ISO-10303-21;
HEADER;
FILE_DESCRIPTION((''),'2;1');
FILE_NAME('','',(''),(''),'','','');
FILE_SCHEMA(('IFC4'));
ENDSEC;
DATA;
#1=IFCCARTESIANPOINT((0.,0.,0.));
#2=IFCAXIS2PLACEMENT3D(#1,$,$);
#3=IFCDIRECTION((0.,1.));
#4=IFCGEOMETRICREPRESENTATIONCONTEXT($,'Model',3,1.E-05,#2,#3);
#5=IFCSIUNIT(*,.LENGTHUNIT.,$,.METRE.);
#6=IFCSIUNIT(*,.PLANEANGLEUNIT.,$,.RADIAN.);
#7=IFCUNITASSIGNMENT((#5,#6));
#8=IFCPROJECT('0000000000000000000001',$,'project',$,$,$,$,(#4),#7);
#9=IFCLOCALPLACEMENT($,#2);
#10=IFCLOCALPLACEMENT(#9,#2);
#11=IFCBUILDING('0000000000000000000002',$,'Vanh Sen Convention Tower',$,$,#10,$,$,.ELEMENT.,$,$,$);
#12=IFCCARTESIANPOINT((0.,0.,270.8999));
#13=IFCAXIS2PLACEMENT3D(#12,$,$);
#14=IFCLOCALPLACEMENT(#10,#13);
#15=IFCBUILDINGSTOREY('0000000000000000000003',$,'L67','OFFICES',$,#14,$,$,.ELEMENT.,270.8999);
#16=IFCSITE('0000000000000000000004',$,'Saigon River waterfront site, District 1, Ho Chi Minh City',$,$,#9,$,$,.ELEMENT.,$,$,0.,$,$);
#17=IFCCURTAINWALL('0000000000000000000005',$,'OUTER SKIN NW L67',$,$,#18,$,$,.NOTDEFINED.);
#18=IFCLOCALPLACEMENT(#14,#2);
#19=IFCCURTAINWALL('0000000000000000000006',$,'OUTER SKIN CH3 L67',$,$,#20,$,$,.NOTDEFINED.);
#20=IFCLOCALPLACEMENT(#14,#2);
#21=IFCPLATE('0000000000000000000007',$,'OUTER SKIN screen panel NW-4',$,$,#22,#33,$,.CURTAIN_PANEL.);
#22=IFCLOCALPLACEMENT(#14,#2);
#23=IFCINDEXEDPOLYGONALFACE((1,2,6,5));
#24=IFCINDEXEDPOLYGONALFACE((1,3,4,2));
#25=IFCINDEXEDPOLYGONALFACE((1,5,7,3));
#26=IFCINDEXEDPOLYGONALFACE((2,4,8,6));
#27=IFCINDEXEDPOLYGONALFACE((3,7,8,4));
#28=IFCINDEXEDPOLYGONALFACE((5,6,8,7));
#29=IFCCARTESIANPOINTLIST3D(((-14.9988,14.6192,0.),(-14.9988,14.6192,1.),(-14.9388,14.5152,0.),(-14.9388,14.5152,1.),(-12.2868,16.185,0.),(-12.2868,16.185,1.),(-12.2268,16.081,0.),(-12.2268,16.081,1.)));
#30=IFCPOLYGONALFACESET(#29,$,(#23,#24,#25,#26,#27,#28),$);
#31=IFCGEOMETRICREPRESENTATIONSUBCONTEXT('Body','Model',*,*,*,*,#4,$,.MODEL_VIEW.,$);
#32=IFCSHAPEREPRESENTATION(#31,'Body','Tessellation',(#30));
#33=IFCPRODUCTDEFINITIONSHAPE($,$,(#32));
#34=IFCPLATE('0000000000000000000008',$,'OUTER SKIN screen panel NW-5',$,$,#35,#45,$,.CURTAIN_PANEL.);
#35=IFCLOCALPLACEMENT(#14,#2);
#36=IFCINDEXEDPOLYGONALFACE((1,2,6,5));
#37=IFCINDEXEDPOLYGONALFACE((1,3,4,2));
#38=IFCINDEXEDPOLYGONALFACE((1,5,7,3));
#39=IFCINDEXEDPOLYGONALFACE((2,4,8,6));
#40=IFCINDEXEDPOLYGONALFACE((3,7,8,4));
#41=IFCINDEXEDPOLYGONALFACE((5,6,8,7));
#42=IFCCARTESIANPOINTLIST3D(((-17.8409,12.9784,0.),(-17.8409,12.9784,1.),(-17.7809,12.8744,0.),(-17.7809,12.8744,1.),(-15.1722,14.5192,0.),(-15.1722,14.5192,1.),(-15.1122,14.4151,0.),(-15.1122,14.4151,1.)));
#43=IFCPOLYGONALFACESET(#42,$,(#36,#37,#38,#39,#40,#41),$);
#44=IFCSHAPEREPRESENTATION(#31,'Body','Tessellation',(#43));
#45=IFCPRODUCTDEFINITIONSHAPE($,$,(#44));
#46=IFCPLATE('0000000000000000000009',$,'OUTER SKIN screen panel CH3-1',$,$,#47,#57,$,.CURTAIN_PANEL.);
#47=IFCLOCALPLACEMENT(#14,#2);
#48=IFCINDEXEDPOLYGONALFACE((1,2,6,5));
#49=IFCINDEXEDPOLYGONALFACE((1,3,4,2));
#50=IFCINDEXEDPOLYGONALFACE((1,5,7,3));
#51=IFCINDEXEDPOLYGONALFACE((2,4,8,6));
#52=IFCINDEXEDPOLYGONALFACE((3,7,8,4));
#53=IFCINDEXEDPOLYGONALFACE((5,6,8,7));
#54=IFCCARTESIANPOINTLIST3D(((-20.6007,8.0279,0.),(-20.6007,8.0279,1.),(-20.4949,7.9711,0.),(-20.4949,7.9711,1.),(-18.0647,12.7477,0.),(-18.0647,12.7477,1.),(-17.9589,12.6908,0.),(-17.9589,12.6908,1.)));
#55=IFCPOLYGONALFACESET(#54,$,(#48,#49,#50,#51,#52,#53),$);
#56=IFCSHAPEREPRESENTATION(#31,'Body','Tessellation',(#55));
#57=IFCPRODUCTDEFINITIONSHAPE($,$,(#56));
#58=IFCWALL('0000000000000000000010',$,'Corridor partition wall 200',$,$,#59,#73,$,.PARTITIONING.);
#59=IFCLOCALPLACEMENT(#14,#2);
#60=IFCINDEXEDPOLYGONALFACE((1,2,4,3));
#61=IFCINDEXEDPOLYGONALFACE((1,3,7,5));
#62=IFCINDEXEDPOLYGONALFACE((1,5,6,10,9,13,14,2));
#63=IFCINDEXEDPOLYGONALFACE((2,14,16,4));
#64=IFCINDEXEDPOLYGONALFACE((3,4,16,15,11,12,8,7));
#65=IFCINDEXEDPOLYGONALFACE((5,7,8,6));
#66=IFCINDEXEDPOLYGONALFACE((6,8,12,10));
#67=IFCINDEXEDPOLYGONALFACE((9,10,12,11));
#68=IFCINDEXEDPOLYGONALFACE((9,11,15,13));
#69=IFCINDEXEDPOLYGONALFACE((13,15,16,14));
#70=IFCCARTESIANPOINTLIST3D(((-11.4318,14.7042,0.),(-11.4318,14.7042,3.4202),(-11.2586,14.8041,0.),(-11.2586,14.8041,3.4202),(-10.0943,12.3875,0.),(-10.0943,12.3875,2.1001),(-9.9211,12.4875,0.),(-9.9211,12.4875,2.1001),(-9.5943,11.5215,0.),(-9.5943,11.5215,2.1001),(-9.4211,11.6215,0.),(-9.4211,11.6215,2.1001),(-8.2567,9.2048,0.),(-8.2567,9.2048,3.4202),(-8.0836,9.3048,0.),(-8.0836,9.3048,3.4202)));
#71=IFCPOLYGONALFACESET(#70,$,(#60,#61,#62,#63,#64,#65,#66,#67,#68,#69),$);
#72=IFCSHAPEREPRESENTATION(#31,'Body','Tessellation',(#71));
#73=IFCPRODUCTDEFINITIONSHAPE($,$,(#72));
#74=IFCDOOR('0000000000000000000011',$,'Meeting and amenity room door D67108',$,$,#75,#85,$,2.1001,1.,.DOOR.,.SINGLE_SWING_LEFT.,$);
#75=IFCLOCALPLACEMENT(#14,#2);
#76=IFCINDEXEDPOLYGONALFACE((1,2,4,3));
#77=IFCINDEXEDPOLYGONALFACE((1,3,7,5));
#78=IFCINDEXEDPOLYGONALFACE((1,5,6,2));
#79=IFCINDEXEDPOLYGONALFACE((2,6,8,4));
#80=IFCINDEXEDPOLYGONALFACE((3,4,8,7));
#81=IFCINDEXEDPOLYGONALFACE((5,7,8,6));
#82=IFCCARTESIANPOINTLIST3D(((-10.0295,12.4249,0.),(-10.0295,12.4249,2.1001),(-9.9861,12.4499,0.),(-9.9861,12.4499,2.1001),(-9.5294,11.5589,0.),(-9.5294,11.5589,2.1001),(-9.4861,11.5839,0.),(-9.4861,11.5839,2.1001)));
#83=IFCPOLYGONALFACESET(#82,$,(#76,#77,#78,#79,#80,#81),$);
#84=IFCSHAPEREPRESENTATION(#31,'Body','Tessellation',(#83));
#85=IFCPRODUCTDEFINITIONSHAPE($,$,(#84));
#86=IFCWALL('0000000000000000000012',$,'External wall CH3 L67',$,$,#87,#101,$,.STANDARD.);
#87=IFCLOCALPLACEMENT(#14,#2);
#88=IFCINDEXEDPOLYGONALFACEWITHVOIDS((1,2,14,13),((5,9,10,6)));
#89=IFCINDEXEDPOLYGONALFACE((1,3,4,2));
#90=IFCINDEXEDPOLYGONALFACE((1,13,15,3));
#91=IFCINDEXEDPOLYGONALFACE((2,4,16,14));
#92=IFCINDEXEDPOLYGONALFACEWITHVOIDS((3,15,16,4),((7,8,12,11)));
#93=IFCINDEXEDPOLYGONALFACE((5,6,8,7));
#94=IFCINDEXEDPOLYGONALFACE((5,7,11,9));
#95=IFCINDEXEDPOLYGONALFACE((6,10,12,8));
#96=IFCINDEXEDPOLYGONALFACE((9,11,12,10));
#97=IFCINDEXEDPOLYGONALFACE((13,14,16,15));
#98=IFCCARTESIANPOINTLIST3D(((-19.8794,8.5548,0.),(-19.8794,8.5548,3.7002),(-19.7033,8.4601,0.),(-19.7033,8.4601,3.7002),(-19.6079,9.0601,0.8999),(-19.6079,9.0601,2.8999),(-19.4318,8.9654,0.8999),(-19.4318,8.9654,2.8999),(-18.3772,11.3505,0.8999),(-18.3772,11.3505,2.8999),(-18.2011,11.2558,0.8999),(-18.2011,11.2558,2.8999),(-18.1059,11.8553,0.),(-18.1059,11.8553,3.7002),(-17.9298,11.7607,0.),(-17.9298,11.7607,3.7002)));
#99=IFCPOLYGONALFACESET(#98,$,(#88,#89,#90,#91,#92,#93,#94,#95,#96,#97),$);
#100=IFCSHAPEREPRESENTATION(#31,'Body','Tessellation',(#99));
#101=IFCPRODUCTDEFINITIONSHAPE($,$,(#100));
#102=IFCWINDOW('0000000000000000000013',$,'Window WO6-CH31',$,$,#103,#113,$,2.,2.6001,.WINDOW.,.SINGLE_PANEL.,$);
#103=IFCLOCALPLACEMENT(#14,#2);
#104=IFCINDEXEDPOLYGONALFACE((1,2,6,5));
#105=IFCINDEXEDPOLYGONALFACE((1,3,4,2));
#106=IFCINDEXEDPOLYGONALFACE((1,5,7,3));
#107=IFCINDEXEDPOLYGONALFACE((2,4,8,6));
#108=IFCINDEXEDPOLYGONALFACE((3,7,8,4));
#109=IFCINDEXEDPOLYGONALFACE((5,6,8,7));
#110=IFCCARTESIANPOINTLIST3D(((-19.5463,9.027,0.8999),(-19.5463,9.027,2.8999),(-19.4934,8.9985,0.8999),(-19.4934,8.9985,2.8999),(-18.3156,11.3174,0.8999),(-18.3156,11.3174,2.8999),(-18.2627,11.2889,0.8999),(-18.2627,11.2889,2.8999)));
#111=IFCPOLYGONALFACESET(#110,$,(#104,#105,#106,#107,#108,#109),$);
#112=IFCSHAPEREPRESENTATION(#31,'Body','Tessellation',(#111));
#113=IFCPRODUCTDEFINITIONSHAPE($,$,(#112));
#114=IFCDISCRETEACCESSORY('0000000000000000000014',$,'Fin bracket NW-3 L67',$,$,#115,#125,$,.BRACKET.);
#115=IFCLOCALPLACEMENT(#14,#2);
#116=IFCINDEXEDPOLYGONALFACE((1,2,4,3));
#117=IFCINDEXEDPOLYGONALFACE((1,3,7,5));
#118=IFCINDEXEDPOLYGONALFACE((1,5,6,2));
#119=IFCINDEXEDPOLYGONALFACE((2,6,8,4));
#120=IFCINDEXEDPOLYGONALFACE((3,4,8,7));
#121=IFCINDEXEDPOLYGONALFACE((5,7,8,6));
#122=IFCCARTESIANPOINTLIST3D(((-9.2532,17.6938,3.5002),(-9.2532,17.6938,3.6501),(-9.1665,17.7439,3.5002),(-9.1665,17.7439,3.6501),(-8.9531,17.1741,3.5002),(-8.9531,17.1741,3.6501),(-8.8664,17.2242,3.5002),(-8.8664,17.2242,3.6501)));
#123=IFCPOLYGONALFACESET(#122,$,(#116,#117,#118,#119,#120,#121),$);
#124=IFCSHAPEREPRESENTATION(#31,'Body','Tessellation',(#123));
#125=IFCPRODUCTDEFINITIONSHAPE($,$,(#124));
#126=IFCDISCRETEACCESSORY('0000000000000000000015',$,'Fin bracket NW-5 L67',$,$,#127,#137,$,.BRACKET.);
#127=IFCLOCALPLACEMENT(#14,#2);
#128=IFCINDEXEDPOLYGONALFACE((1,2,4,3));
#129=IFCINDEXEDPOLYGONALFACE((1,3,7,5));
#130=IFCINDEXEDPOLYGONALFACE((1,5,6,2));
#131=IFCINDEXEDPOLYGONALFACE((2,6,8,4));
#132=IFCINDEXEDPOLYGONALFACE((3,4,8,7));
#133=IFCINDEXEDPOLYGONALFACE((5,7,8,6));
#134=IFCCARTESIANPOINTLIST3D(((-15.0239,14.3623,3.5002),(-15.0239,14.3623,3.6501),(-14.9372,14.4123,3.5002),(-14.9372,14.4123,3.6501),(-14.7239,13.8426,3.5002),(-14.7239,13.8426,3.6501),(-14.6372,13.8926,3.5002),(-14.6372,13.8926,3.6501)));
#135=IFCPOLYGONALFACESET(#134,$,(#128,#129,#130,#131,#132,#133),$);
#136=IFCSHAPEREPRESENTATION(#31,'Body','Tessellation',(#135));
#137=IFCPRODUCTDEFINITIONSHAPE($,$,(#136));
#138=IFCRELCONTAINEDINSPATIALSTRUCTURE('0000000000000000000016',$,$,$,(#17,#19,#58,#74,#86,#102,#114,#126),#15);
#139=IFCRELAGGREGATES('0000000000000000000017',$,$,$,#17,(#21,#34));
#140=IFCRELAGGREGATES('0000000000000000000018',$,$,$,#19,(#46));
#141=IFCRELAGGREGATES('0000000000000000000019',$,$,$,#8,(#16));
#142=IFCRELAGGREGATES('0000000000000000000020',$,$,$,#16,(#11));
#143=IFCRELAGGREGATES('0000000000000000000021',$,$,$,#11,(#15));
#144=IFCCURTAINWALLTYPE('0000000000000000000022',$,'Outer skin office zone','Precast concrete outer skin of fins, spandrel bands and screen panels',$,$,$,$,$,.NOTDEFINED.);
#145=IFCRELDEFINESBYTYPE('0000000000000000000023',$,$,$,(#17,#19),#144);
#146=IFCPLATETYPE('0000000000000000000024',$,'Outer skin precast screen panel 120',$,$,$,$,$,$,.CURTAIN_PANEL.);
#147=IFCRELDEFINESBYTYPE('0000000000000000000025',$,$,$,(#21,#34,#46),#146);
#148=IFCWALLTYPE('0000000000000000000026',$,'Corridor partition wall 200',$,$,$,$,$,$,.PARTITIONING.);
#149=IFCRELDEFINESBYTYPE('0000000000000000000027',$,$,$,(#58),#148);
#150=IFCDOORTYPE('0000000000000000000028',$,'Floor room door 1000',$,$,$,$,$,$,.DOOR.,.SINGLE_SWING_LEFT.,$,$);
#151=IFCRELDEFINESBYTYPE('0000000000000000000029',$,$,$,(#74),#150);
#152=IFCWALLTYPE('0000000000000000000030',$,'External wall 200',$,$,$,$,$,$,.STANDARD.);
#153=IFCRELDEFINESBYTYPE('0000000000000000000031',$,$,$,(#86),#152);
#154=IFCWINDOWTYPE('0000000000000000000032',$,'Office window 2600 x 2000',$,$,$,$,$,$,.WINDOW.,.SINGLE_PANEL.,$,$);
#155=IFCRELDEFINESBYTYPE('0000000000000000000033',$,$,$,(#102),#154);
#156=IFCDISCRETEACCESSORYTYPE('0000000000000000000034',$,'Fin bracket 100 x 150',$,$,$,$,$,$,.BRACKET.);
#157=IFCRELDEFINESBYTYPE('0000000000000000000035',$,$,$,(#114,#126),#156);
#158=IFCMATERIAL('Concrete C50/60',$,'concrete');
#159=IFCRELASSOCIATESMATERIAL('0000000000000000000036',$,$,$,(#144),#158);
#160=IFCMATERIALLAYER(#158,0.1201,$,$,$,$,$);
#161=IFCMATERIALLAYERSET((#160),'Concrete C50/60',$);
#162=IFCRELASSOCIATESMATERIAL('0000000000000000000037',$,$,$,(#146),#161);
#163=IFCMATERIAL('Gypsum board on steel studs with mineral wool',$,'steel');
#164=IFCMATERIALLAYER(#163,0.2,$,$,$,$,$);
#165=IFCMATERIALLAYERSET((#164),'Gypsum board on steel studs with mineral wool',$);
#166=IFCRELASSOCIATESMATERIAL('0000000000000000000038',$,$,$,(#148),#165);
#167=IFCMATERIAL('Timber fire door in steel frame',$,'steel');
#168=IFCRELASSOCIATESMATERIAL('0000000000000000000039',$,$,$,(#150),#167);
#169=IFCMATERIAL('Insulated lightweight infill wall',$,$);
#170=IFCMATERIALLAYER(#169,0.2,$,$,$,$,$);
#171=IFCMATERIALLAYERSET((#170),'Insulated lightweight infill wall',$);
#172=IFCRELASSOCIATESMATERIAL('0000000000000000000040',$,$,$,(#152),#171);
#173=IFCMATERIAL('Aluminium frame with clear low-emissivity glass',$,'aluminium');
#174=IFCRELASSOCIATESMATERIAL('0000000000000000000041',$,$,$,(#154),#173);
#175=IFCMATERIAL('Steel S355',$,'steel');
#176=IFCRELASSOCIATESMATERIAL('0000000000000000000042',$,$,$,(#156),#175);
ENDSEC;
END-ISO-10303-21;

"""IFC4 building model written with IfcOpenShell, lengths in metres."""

from ifc_helpers import new_model, si_unit, direction, frame, frame_2d, origin, origin_2d, place, context, subcontext, project, spatial, rectangle, extrude, material, layer, layer_set, type_object, element, fill, aggregate, save


model = new_model("IFC4")

# Units and contexts
model_context = context("Model", 3, precision=1e-05, world=origin(), true_north=direction((0.0, 1.0)))
body_context = subcontext(model_context, "Body", "Model", "MODEL_VIEW")
ifc_project = project(units=[si_unit("LENGTHUNIT", "METRE"), si_unit("PLANEANGLEUNIT", "RADIAN")], contexts=[model_context])

# Site, building, storey
site_placement = place(None, origin())
site = spatial("IfcSite", under=ifc_project, at=site_placement, Name="Saigon River waterfront site, District 1, Ho Chi Minh City", CompositionType="ELEMENT", RefElevation=0.0)
building_placement = place(site_placement, origin())
building = spatial("IfcBuilding", under=site, at=building_placement, Name="Vanh Sen Convention Tower", CompositionType="ELEMENT")
storey_placement = place(building_placement, frame((0.0, 0.0, 270.8999)))
storey = spatial("IfcBuildingStorey", under=building, at=storey_placement, Name="L67", Description="OFFICES", CompositionType="ELEMENT", Elevation=270.8999)

# Curtain wall
ifc_material_1 = material(Name="Concrete C50/60", Category="concrete")
curtain_wall_type = type_object("IfcCurtainWallType", Name="Outer skin office zone", Description="Precast concrete outer skin of fins, spandrel bands and screen panels", PredefinedType="NOTDEFINED", material=ifc_material_1)
curtain_wall_1_placement = place(storey_placement, origin())
curtain_wall_1 = element("IfcCurtainWall", 1, at=curtain_wall_1_placement, inside=storey, type_object=curtain_wall_type, Name="OUTER SKIN NW L67", PredefinedType="NOTDEFINED")

# Curtain wall
curtain_wall_2_placement = place(storey_placement, origin())
curtain_wall_2 = element("IfcCurtainWall", 2, at=curtain_wall_2_placement, inside=storey, type_object=curtain_wall_type, Name="OUTER SKIN CH3 L67", PredefinedType="NOTDEFINED")

# Plates
ifc_layer_1 = layer(ifc_material_1, 0.1201)
ifc_layer_set_1 = layer_set([ifc_layer_1], Name="Concrete C50/60")
plate_type = type_object("IfcPlateType", Name="Outer skin precast screen panel 120", PredefinedType="CURTAIN_PANEL", material=ifc_layer_set_1)
plate_1_placement = place(storey_placement, frame((-13.6128, 15.3501, 0.0), z_axis=(0.0, 0.0, 1.0), x_axis=(-0.866016, -0.500017, 0.0)))
plate_1 = element("IfcPlate", 3, at=plate_1_placement, type_object=plate_type, Name="OUTER SKIN screen panel NW-4", PredefinedType="CURTAIN_PANEL", context=body_context, shape_type="SweptSolid", body=[
    extrude(rectangle(XDim=3.1316, YDim=0.1201, at=origin_2d()), origin(), (0.0, 0.0, 1.0), 1.0),
])
plate_2_placement = place(storey_placement, frame((-16.4766, 13.6968, 0.0), z_axis=(0.0, 0.0, 1.0), x_axis=(-0.866029, -0.499994, 0.0)))
plate_2 = element("IfcPlate", 4, at=plate_2_placement, type_object=plate_type, Name="OUTER SKIN screen panel NW-5", PredefinedType="CURTAIN_PANEL", context=body_context, shape_type="SweptSolid", body=[
    extrude(rectangle(XDim=3.0815, YDim=0.1201, at=origin_2d()), origin(), (0.0, 0.0, 1.0), 1.0),
])
aggregate(curtain_wall_1, [plate_1, plate_2])
plate_3_placement = place(storey_placement, frame((-19.2798, 10.3594, 0.0), z_axis=(0.0, 0.0, 1.0), x_axis=(-0.473324, -0.880888, 0.0)))
plate_3 = element("IfcPlate", 5, at=plate_3_placement, type_object=plate_type, Name="OUTER SKIN screen panel CH3-1", PredefinedType="CURTAIN_PANEL", context=body_context, shape_type="SweptSolid", body=[
    extrude(rectangle(XDim=5.3579, YDim=0.1201, at=origin_2d()), origin(), (0.0, 0.0, 1.0), 1.0),
])
aggregate(curtain_wall_2, [plate_3])

# Wall, opening, door
ifc_material_2 = material(Name="Gypsum board on steel studs with mineral wool", Category="steel")
ifc_layer_2 = layer(ifc_material_2, 0.2)
ifc_layer_set_2 = layer_set([ifc_layer_2], Name="Gypsum board on steel studs with mineral wool")
wall_type_1 = type_object("IfcWallType", Name="Corridor partition wall 200", PredefinedType="PARTITIONING", material=ifc_layer_set_2)
wall_1_placement = place(storey_placement, frame((-11.3452, 14.7542, 0.0), z_axis=(0.0, 0.0, 1.0), x_axis=(0.500005, -0.866022, 0.0)))
wall_1 = element("IfcWall", 6, at=wall_1_placement, inside=storey, type_object=wall_type_1, Name="Corridor partition wall 200", PredefinedType="PARTITIONING", context=body_context, shape_type="SweptSolid", body=[
    extrude(rectangle(XDim=6.3501, YDim=0.2, at=frame_2d((3.175, 0.0))), origin(), (0.0, 0.0, 1.0), 3.4202),
])
opening_1_placement = place(wall_1_placement, frame((2.675, 0.0, 0.0)))
opening_1 = element("IfcOpeningElement", 7, at=opening_1_placement, cuts=wall_1, PredefinedType="OPENING", context=body_context, shape_type="SweptSolid", body=[
    extrude(rectangle(XDim=1.0, YDim=2.1001, at=frame_2d((0.5, 1.05))), frame((0.0, 0.1099, 0.0), z_axis=(0.0, -1.0, 0.0), x_axis=(1.0, 0.0, 0.0)), (0.0, 0.0, 1.0), 0.22),
])
ifc_material_3 = material(Name="Timber fire door in steel frame", Category="steel")
door_type = type_object("IfcDoorType", Name="Floor room door 1000", OperationType="SINGLE_SWING_LEFT", PredefinedType="DOOR", material=ifc_material_3)
door_placement = place(opening_1_placement, origin())
door = element("IfcDoor", 8, at=door_placement, inside=storey, type_object=door_type, Name="Meeting and amenity room door D67108", OperationType="SINGLE_SWING_LEFT", OverallHeight=2.1001, OverallWidth=1.0, PredefinedType="DOOR", context=body_context, shape_type="SweptSolid", body=[
    extrude(rectangle(XDim=1.0, YDim=2.1001, at=frame_2d((0.5, 1.05))), frame((0.0, 0.0249, 0.0), z_axis=(0.0, -1.0, 0.0), x_axis=(1.0, 0.0, 0.0)), (0.0, 0.0, 1.0), 0.05),
])
fill(opening_1, door)

# Wall, opening, window
ifc_material_4 = material(Name="Insulated lightweight infill wall")
ifc_layer_3 = layer(ifc_material_4, 0.2)
ifc_layer_set_3 = layer_set([ifc_layer_3], Name="Insulated lightweight infill wall")
wall_type_2 = type_object("IfcWallType", Name="External wall 200", PredefinedType="STANDARD", material=ifc_layer_set_3)
wall_2_placement = place(storey_placement, frame((-18.0178, 11.8081, 0.0), z_axis=(0.0, 0.0, 1.0), x_axis=(-0.473319, -0.880891, 0.0)))
wall_2 = element("IfcWall", 9, at=wall_2_placement, inside=storey, type_object=wall_type_2, Name="External wall CH3 L67", PredefinedType="STANDARD", context=body_context, shape_type="SweptSolid", body=[
    extrude(rectangle(XDim=3.7468, YDim=0.2, at=frame_2d((1.8735, 0.0))), origin(), (0.0, 0.0, 1.0), 3.7002),
])
opening_2_placement = place(wall_2_placement, frame((0.5732, 0.0, 0.8999)))
opening_2 = element("IfcOpeningElement", 10, at=opening_2_placement, cuts=wall_2, PredefinedType="OPENING", context=body_context, shape_type="SweptSolid", body=[
    extrude(rectangle(XDim=2.6001, YDim=2.0, at=frame_2d((1.3, 1.0))), frame((0.0, 0.1099, 0.0), z_axis=(0.0, -1.0, 0.0), x_axis=(1.0, 0.0, 0.0)), (0.0, 0.0, 1.0), 0.22),
])
ifc_material_5 = material(Name="Aluminium frame with clear low-emissivity glass", Category="aluminium")
window_type = type_object("IfcWindowType", Name="Office window 2600 x 2000", PartitioningType="SINGLE_PANEL", PredefinedType="WINDOW", material=ifc_material_5)
window_placement = place(opening_2_placement, origin())
window = element("IfcWindow", 11, at=window_placement, inside=storey, type_object=window_type, Name="Window WO6-CH31", OverallHeight=2.0, OverallWidth=2.6001, PartitioningType="SINGLE_PANEL", PredefinedType="WINDOW", context=body_context, shape_type="SweptSolid", body=[
    extrude(rectangle(XDim=2.6001, YDim=2.0, at=frame_2d((1.3, 1.0))), frame((0.0, 0.03, 0.0), z_axis=(0.0, -1.0, 0.0), x_axis=(1.0, 0.0, 0.0)), (0.0, 0.0, 1.0), 0.0601),
])
fill(opening_2, window)

# Discrete accessories
ifc_material_6 = material(Name="Steel S355", Category="steel")
discrete_accessory_type = type_object("IfcDiscreteAccessoryType", Name="Fin bracket 100 x 150", PredefinedType="BRACKET", material=ifc_material_6)
for number, where, z_axis, x_axis, name in (
    (12, (-9.0598, 17.459, 3.5002), (0.0, 0.0, 1.0), (-0.5, 0.866025, 0.0), "Fin bracket NW-3 L67"),
    (13, (-14.8306, 14.1274, 3.5002), (0.0, 0.0, 1.0), (-0.5, 0.866025, 0.0), "Fin bracket NW-5 L67"),
):
    element("IfcDiscreteAccessory", number, at=place(storey_placement, frame(where, z_axis=z_axis, x_axis=x_axis)), inside=storey, type_object=discrete_accessory_type, Name=name, PredefinedType="BRACKET", context=body_context, shape_type="SweptSolid", body=[
        extrude(rectangle(XDim=0.6001, YDim=0.1001, at=origin_2d()), origin(), (0.0, 0.0, 1.0), 0.1499),
    ])

save(model, "model.ifc")
